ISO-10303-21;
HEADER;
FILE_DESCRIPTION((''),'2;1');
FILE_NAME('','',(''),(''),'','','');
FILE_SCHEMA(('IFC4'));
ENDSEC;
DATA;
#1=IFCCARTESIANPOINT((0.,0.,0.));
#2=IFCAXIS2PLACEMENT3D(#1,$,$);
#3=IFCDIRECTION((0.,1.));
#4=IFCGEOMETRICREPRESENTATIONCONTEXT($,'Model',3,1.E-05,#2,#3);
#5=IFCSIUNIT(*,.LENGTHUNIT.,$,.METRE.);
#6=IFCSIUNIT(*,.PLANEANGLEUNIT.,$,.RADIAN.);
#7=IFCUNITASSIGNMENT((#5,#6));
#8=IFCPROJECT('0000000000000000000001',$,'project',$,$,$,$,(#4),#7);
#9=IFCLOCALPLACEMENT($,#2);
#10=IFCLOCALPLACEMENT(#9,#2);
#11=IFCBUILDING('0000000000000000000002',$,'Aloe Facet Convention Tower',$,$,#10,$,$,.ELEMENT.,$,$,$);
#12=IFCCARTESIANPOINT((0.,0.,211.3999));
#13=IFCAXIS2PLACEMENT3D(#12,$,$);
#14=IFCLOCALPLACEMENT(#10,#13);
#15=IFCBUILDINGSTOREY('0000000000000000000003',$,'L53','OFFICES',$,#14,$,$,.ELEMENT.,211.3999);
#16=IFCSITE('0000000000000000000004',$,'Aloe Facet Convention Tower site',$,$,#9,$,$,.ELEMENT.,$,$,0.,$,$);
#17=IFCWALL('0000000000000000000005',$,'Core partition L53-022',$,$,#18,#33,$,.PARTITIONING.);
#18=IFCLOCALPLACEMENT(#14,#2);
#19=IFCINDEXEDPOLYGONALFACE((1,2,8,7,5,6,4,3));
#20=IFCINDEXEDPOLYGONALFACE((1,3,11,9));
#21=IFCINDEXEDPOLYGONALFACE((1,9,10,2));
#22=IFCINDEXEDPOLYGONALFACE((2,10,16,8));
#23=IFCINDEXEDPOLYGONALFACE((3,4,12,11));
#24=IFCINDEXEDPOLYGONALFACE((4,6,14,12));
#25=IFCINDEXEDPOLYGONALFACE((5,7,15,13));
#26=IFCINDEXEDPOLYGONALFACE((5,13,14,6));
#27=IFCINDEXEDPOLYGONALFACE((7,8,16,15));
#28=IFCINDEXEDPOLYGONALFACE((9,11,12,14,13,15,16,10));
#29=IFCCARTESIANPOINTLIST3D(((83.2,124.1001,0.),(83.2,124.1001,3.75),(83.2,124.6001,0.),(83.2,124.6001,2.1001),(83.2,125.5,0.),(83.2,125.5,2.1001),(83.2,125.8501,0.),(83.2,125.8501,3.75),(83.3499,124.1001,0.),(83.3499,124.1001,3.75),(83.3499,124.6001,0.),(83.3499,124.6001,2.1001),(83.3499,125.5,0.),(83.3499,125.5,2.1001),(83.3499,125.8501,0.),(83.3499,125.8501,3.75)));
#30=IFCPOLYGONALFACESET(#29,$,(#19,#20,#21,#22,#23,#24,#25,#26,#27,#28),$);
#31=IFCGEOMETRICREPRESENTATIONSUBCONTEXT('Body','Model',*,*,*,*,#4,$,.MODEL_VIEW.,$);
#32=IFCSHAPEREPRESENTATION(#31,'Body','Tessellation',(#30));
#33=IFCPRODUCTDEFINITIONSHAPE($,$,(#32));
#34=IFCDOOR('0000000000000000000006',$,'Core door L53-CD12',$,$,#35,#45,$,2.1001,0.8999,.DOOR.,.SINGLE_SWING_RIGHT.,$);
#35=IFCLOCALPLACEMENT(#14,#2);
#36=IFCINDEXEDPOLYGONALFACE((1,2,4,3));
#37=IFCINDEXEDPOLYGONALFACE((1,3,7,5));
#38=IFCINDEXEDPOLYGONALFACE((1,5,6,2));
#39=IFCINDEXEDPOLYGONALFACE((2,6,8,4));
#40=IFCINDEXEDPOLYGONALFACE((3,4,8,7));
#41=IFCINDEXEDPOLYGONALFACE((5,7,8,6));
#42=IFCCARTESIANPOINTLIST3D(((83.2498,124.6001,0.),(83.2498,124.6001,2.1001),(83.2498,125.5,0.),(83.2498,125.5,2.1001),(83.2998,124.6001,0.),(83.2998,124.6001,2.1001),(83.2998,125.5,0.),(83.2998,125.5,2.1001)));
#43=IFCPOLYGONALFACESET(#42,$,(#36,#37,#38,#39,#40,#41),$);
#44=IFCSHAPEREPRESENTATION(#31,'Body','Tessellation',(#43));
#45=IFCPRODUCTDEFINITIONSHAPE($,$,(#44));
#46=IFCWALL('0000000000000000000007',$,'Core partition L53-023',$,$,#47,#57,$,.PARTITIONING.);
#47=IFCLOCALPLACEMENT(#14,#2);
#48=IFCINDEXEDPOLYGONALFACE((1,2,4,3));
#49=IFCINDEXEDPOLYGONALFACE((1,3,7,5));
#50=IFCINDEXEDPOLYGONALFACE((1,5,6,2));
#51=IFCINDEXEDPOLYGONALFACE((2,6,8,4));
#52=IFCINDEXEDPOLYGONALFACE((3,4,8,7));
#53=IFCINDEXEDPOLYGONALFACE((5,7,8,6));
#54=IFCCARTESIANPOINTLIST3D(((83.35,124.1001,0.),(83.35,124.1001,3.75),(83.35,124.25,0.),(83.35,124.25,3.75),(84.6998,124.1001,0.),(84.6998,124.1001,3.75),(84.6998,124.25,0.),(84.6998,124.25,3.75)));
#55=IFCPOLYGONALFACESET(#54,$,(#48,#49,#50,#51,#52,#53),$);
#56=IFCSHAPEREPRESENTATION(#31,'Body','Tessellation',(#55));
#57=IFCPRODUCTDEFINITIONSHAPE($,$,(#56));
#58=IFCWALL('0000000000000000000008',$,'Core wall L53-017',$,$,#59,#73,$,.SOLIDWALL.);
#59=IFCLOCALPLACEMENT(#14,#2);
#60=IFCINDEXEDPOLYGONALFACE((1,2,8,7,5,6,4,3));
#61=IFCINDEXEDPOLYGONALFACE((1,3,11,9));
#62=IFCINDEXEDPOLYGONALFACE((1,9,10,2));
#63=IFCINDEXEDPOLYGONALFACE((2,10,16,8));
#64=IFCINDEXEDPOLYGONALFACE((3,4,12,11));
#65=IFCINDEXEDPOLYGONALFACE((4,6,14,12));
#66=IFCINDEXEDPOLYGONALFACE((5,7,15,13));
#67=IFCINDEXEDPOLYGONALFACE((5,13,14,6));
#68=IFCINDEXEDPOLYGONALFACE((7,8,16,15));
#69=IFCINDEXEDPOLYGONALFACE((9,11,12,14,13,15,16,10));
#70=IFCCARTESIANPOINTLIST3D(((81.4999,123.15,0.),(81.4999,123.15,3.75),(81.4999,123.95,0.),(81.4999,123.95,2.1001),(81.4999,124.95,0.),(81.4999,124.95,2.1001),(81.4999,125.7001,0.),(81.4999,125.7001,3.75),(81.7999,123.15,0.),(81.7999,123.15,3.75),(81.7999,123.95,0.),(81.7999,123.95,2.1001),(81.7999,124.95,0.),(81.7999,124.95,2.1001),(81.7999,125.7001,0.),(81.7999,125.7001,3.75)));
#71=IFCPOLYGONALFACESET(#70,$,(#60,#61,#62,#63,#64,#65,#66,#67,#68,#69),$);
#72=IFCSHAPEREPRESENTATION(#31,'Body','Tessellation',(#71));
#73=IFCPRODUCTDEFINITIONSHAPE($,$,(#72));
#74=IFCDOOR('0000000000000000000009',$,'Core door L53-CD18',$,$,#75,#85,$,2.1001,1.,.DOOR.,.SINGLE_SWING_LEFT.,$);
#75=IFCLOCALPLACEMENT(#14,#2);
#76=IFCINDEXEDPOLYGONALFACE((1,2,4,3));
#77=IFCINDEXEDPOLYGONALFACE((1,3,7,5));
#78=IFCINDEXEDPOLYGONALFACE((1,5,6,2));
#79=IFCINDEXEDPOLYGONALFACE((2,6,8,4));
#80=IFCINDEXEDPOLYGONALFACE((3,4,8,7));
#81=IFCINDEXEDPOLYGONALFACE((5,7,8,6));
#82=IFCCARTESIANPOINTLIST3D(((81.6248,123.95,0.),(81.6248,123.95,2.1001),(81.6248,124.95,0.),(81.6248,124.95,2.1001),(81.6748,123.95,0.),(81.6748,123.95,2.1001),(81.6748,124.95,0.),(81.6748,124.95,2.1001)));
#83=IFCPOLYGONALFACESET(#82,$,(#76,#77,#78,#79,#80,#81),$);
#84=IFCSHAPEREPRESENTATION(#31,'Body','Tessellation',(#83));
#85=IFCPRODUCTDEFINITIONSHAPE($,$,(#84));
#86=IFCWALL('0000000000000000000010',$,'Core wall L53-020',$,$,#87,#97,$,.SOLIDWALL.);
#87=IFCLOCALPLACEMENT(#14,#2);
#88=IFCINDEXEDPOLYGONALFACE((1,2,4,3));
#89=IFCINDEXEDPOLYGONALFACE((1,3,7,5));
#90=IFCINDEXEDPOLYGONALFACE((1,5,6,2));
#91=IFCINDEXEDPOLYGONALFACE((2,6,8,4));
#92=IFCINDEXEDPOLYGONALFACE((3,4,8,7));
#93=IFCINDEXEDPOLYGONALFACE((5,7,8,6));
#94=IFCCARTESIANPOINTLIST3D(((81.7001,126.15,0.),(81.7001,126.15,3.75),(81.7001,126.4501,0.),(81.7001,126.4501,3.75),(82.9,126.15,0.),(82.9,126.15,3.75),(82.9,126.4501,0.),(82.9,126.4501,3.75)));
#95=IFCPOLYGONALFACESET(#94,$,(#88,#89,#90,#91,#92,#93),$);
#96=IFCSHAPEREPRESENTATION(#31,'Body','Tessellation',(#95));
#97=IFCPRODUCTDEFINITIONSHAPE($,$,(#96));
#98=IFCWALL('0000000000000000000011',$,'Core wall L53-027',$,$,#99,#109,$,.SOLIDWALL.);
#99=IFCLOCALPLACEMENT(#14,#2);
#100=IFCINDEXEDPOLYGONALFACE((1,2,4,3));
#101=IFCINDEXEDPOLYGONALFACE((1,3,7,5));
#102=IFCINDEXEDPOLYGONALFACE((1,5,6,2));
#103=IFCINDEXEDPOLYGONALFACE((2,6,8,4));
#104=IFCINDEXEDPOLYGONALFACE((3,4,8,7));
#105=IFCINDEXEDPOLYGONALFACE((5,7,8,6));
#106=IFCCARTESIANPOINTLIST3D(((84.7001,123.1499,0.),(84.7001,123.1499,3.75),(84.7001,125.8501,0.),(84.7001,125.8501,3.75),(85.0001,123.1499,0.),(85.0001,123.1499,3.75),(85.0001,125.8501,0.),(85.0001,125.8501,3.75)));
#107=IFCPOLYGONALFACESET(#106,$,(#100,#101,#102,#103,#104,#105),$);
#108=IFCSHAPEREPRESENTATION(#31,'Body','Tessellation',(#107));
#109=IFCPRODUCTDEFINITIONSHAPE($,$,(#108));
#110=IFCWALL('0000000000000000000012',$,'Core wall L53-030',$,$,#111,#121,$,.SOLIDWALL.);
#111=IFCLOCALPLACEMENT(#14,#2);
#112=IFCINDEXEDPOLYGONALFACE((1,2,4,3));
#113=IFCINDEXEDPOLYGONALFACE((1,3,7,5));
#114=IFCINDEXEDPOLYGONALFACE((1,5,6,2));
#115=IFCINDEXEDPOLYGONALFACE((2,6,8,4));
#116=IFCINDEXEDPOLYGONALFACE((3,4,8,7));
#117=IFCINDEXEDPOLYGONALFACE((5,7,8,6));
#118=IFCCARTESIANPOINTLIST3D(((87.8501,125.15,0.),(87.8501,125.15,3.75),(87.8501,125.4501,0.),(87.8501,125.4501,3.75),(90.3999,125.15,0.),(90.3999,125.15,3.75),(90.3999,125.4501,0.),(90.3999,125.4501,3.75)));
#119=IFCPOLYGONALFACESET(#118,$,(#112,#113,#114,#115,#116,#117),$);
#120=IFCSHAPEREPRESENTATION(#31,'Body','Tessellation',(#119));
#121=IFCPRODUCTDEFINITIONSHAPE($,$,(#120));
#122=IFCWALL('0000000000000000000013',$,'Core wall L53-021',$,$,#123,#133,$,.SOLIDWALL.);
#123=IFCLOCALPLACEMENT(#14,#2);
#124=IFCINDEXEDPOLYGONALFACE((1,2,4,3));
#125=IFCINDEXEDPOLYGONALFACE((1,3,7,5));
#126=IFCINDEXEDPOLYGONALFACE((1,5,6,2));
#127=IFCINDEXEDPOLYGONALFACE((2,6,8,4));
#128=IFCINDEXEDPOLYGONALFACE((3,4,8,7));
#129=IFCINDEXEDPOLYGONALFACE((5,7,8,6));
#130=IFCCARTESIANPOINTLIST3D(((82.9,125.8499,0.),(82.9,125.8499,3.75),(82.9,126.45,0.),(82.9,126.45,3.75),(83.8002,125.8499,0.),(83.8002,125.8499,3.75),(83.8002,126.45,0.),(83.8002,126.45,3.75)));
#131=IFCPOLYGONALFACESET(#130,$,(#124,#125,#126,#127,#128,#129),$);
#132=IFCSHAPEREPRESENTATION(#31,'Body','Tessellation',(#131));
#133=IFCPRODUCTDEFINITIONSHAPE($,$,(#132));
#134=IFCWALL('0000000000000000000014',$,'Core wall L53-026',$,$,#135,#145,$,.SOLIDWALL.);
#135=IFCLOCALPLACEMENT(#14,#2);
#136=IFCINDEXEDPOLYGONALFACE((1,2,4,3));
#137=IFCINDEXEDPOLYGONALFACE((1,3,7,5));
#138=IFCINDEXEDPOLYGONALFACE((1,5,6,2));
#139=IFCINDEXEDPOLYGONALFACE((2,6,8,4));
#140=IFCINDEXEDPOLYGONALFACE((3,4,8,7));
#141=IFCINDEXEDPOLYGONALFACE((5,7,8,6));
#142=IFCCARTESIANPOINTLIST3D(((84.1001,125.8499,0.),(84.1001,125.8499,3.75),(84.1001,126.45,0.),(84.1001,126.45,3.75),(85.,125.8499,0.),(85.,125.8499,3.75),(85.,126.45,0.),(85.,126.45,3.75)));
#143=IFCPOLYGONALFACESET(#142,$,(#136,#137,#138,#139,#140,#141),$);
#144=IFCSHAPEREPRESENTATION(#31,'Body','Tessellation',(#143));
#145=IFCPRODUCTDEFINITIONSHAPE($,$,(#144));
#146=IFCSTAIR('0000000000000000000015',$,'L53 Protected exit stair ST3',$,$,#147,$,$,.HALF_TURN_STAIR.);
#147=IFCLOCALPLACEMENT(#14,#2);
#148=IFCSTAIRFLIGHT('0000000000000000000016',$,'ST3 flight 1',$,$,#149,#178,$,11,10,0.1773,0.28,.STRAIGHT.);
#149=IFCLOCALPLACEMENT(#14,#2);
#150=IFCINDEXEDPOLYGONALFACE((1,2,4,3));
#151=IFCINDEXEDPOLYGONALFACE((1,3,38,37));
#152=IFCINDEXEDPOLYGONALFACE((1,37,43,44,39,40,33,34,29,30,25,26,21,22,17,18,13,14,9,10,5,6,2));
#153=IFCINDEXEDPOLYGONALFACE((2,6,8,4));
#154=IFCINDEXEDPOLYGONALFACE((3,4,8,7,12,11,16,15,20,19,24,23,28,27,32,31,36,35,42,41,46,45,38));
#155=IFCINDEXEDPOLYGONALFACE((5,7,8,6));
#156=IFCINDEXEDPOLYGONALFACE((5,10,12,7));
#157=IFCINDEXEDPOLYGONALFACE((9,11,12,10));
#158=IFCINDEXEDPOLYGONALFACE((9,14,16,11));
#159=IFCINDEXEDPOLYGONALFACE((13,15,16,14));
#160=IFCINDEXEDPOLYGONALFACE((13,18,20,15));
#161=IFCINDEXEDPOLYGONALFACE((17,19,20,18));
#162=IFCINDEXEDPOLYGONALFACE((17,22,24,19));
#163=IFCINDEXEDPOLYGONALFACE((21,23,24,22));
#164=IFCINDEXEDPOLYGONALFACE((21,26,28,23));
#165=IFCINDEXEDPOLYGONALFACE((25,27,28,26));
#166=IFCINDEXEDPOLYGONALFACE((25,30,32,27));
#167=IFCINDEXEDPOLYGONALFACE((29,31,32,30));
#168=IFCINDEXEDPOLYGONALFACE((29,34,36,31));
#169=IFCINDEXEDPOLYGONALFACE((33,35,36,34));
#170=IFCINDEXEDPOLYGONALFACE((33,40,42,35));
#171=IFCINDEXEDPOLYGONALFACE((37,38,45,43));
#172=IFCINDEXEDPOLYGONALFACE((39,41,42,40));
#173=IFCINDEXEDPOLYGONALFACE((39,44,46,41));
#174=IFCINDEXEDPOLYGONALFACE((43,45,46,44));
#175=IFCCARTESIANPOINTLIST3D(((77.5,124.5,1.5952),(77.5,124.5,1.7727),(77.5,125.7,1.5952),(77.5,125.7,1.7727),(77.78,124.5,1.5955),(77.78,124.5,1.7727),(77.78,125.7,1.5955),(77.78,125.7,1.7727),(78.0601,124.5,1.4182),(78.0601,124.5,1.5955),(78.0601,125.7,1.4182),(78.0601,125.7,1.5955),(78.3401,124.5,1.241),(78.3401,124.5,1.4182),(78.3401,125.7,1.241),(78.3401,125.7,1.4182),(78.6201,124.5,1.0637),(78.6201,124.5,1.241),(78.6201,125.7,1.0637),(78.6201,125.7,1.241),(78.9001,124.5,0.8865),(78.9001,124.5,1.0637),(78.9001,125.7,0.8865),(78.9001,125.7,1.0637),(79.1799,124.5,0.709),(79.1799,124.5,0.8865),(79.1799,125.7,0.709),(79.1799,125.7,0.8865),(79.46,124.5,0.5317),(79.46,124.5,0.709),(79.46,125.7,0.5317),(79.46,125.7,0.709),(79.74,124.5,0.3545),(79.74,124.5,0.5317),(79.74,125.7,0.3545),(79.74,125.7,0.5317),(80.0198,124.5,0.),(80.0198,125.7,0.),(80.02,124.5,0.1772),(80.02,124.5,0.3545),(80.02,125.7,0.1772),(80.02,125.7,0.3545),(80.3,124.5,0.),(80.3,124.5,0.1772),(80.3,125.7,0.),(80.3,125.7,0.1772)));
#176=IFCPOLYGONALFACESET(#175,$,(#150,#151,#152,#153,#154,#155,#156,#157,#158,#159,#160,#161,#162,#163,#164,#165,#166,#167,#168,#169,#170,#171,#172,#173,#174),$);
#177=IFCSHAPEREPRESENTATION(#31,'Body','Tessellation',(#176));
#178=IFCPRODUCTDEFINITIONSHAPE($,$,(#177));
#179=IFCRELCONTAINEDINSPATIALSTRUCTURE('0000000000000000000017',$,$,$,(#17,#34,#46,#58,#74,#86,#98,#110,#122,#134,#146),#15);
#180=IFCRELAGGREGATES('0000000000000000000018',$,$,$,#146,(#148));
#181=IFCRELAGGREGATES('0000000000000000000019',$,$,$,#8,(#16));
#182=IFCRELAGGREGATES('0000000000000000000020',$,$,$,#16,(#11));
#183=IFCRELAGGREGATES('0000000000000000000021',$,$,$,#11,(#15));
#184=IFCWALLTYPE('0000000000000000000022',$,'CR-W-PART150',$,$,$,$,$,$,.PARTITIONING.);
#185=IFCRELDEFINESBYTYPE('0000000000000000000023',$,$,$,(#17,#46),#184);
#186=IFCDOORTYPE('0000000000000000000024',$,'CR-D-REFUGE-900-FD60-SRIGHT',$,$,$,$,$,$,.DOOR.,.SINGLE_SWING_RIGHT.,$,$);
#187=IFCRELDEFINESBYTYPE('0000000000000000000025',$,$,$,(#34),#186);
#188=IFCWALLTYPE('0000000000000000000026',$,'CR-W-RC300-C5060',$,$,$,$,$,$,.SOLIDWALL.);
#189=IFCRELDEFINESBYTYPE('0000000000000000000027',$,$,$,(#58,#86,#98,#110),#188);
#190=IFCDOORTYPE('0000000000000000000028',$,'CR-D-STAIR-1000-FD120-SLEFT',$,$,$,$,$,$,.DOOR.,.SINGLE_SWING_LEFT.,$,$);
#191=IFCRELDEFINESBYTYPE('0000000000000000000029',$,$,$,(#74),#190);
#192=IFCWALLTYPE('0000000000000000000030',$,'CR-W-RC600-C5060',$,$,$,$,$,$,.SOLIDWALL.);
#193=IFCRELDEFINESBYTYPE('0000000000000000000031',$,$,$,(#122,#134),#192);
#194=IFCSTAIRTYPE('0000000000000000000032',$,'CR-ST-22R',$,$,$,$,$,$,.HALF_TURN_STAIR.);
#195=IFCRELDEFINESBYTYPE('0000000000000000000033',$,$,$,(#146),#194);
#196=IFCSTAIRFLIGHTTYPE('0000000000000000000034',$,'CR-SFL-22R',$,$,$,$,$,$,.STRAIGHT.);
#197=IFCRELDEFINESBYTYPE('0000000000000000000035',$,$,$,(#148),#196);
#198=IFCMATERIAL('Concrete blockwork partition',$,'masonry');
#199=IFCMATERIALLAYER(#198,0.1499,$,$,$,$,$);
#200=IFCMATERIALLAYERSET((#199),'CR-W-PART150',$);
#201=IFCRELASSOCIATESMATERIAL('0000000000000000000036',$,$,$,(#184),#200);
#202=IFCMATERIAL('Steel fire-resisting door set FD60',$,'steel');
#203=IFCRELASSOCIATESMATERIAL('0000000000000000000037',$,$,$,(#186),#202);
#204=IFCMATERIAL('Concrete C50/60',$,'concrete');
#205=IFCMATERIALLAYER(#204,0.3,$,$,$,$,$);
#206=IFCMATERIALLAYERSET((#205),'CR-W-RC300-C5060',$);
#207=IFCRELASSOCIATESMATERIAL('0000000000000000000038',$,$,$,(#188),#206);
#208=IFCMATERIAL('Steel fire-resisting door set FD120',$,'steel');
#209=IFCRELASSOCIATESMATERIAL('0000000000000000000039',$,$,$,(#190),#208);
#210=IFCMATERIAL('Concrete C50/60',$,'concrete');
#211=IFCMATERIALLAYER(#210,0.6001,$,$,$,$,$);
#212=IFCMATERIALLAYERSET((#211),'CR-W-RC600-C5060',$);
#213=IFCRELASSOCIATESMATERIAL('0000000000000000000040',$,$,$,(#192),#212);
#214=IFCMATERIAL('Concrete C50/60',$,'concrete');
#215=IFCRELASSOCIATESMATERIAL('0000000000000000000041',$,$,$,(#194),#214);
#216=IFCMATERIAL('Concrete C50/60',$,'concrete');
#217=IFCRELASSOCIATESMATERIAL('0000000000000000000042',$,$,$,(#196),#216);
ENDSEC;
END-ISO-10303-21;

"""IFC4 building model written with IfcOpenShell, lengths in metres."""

from ifc_helpers import new_model, si_unit, direction, frame, frame_2d, origin, place, context, subcontext, project, spatial, polyline, rectangle, outline, extrude, material, layer, layer_set, type_object, element, fill, aggregate, save


model = new_model("IFC4")

# Units and contexts
model_context = context("Model", 3, precision=1e-05, world=origin(), true_north=direction((0.0, 1.0)))
body_context = subcontext(model_context, "Body", "Model", "MODEL_VIEW")
ifc_project = project(units=[si_unit("LENGTHUNIT", "METRE"), si_unit("PLANEANGLEUNIT", "RADIAN")], contexts=[model_context])

# Site, building, storey
site_placement = place(None, origin())
site = spatial("IfcSite", under=ifc_project, at=site_placement, Name="Aloe Facet Convention Tower site", CompositionType="ELEMENT", RefElevation=0.0)
building_placement = place(site_placement, origin())
building = spatial("IfcBuilding", under=site, at=building_placement, Name="Aloe Facet Convention Tower", CompositionType="ELEMENT")
storey_placement = place(building_placement, frame((0.0, 0.0, 211.3999)))
storey = spatial("IfcBuildingStorey", under=building, at=storey_placement, Name="L53", Description="OFFICES", CompositionType="ELEMENT", Elevation=211.3999)

# Wall, opening, door
ifc_material_1 = material(Name="Concrete blockwork partition", Category="masonry")
ifc_layer_1 = layer(ifc_material_1, 0.1499)
ifc_layer_set_1 = layer_set([ifc_layer_1], Name="CR-W-PART150")
wall_type_1 = type_object("IfcWallType", Name="CR-W-PART150", PredefinedType="PARTITIONING", material=ifc_layer_set_1)
wall_1_placement = place(storey_placement, frame((83.2749, 125.8501, 0.0), z_axis=(0.0, 0.0, 1.0), x_axis=(0.0, -1.0, 0.0)))
wall_1 = element("IfcWall", 1, at=wall_1_placement, inside=storey, type_object=wall_type_1, Name="Core partition L53-022", PredefinedType="PARTITIONING", context=body_context, shape_type="SweptSolid", body=[
    extrude(rectangle(XDim=1.75, YDim=0.1499, at=frame_2d((0.875, 0.0))), origin(), (0.0, 0.0, 1.0), 3.75),
])
opening_1_placement = place(wall_1_placement, frame((0.3501, 0.0, 0.0)))
opening_1 = element("IfcOpeningElement", 2, at=opening_1_placement, cuts=wall_1, PredefinedType="OPENING", context=body_context, shape_type="SweptSolid", body=[
    extrude(rectangle(XDim=0.8999, YDim=2.1001, at=frame_2d((0.45, 1.05))), frame((0.0, 0.085, 0.0), z_axis=(0.0, -1.0, 0.0), x_axis=(1.0, 0.0, 0.0)), (0.0, 0.0, 1.0), 0.1699),
])
ifc_material_2 = material(Name="Steel fire-resisting door set FD60", Category="steel")
door_type_1 = type_object("IfcDoorType", Name="CR-D-REFUGE-900-FD60-SRIGHT", OperationType="SINGLE_SWING_RIGHT", PredefinedType="DOOR", material=ifc_material_2)
door_1_placement = place(opening_1_placement, origin())
door_1 = element("IfcDoor", 3, at=door_1_placement, inside=storey, type_object=door_type_1, Name="Core door L53-CD12", OperationType="SINGLE_SWING_RIGHT", OverallHeight=2.1001, OverallWidth=0.8999, PredefinedType="DOOR", context=body_context, shape_type="SweptSolid", body=[
    extrude(rectangle(XDim=0.8999, YDim=2.1001, at=frame_2d((0.45, 1.05))), frame((0.0, 0.0249, 0.0), z_axis=(0.0, -1.0, 0.0), x_axis=(1.0, 0.0, 0.0)), (0.0, 0.0, 1.0), 0.05),
])
fill(opening_1, door_1)

# Wall
wall_2_placement = place(storey_placement, frame((83.3501, 124.175, 0.0), z_axis=(0.0, 0.0, 1.0), x_axis=(1.0, 0.0, 0.0)))
element("IfcWall", 4, at=wall_2_placement, inside=storey, type_object=wall_type_1, Name="Core partition L53-023", PredefinedType="PARTITIONING", context=body_context, shape_type="SweptSolid", body=[
    extrude(rectangle(XDim=1.3499, YDim=0.1499, at=frame_2d((0.6748, 0.0))), origin(), (0.0, 0.0, 1.0), 3.75),
])

# Wall, opening, door
ifc_material_3 = material(Name="Concrete C50/60", Category="concrete")
ifc_layer_2 = layer(ifc_material_3, 0.3)
ifc_layer_set_2 = layer_set([ifc_layer_2], Name="CR-W-RC300-C5060")
wall_type_2 = type_object("IfcWallType", Name="CR-W-RC300-C5060", PredefinedType="SOLIDWALL", material=ifc_layer_set_2)
wall_3_placement = place(storey_placement, frame((81.6499, 125.7, 0.0), z_axis=(0.0, 0.0, 1.0), x_axis=(0.0, -1.0, 0.0)))
wall_3 = element("IfcWall", 5, at=wall_3_placement, inside=storey, type_object=wall_type_2, Name="Core wall L53-017", PredefinedType="SOLIDWALL", context=body_context, shape_type="SweptSolid", body=[
    extrude(rectangle(XDim=2.55, YDim=0.3, at=frame_2d((1.2749, 0.0))), origin(), (0.0, 0.0, 1.0), 3.75),
])
opening_2_placement = place(wall_3_placement, frame((0.75, 0.0, 0.0)))
opening_2 = element("IfcOpeningElement", 6, at=opening_2_placement, cuts=wall_3, PredefinedType="OPENING", context=body_context, shape_type="SweptSolid", body=[
    extrude(rectangle(XDim=1.0, YDim=2.1001, at=frame_2d((0.5, 1.05))), frame((0.0, 0.1602, 0.0), z_axis=(0.0, -1.0, 0.0), x_axis=(1.0, 0.0, 0.0)), (0.0, 0.0, 1.0), 0.3201),
])
ifc_material_4 = material(Name="Steel fire-resisting door set FD120", Category="steel")
door_type_2 = type_object("IfcDoorType", Name="CR-D-STAIR-1000-FD120-SLEFT", OperationType="SINGLE_SWING_LEFT", PredefinedType="DOOR", material=ifc_material_4)
door_2_placement = place(opening_2_placement, origin())
door_2 = element("IfcDoor", 7, at=door_2_placement, inside=storey, type_object=door_type_2, Name="Core door L53-CD18", OperationType="SINGLE_SWING_LEFT", OverallHeight=2.1001, OverallWidth=1.0, PredefinedType="DOOR", context=body_context, shape_type="SweptSolid", body=[
    extrude(rectangle(XDim=1.0, YDim=2.1001, at=frame_2d((0.5, 1.05))), frame((0.0, 0.0249, 0.0), z_axis=(0.0, -1.0, 0.0), x_axis=(1.0, 0.0, 0.0)), (0.0, 0.0, 1.0), 0.05),
])
fill(opening_2, door_2)

# Walls
wall_4_placement = place(storey_placement, frame((81.7, 126.3, 0.0), z_axis=(0.0, 0.0, 1.0), x_axis=(1.0, 0.0, 0.0)))
element("IfcWall", 8, at=wall_4_placement, inside=storey, type_object=wall_type_2, Name="Core wall L53-020", PredefinedType="SOLIDWALL", context=body_context, shape_type="SweptSolid", body=[
    extrude(rectangle(XDim=1.2, YDim=0.3, at=frame_2d((0.6001, 0.0))), origin(), (0.0, 0.0, 1.0), 3.75),
])
wall_5_placement = place(storey_placement, frame((84.8501, 125.8501, 0.0), z_axis=(0.0, 0.0, 1.0), x_axis=(0.0, -1.0, 0.0)))
element("IfcWall", 9, at=wall_5_placement, inside=storey, type_object=wall_type_2, Name="Core wall L53-027", PredefinedType="SOLIDWALL", context=body_context, shape_type="SweptSolid", body=[
    extrude(rectangle(XDim=2.7002, YDim=0.3, at=frame_2d((1.3501, 0.0))), origin(), (0.0, 0.0, 1.0), 3.75),
])
wall_6_placement = place(storey_placement, frame((87.8501, 125.3, 0.0), z_axis=(0.0, 0.0, 1.0), x_axis=(1.0, 0.0, 0.0)))
element("IfcWall", 10, at=wall_6_placement, inside=storey, type_object=wall_type_2, Name="Core wall L53-030", PredefinedType="SOLIDWALL", context=body_context, shape_type="SweptSolid", body=[
    extrude(rectangle(XDim=2.5498, YDim=0.3, at=frame_2d((1.2749, 0.0))), origin(), (0.0, 0.0, 1.0), 3.75),
])
ifc_material_5 = material(Name="Concrete C50/60", Category="concrete")
ifc_layer_3 = layer(ifc_material_5, 0.6001)
ifc_layer_set_3 = layer_set([ifc_layer_3], Name="CR-W-RC600-C5060")
wall_type_3 = type_object("IfcWallType", Name="CR-W-RC600-C5060", PredefinedType="SOLIDWALL", material=ifc_layer_set_3)
wall_7_placement = place(storey_placement, frame((82.8999, 126.1499, 0.0), z_axis=(0.0, 0.0, 1.0), x_axis=(1.0, 0.0, 0.0)))
element("IfcWall", 11, at=wall_7_placement, inside=storey, type_object=wall_type_3, Name="Core wall L53-021", PredefinedType="SOLIDWALL", context=body_context, shape_type="SweptSolid", body=[
    extrude(rectangle(XDim=0.9001, YDim=0.6001, at=frame_2d((0.4502, 0.0))), origin(), (0.0, 0.0, 1.0), 3.75),
])
wall_8_placement = place(storey_placement, frame((84.1001, 126.1499, 0.0), z_axis=(0.0, 0.0, 1.0), x_axis=(1.0, 0.0, 0.0)))
element("IfcWall", 12, at=wall_8_placement, inside=storey, type_object=wall_type_3, Name="Core wall L53-026", PredefinedType="SOLIDWALL", context=body_context, shape_type="SweptSolid", body=[
    extrude(rectangle(XDim=0.8999, YDim=0.6001, at=frame_2d((0.45, 0.0))), origin(), (0.0, 0.0, 1.0), 3.75),
])

# Stair, stair flight
ifc_material_6 = material(Name="Concrete C50/60", Category="concrete")
stair_type = type_object("IfcStairType", Name="CR-ST-22R", PredefinedType="HALF_TURN_STAIR", material=ifc_material_6)
stair_placement = place(storey_placement, origin())
stair = element("IfcStair", 13, at=stair_placement, inside=storey, type_object=stair_type, Name="L53 Protected exit stair ST3", PredefinedType="HALF_TURN_STAIR")
ifc_material_7 = material(Name="Concrete C50/60", Category="concrete")
stair_flight_type = type_object("IfcStairFlightType", Name="CR-SFL-22R", PredefinedType="STRAIGHT", material=ifc_material_7)
stair_flight_placement = place(storey_placement, frame((80.3, 125.1001, 0.0), z_axis=(0.0, 0.0, 1.0), x_axis=(-1.0, 0.0, 0.0)))
stair_flight = element("IfcStairFlight", 14, at=stair_flight_placement, type_object=stair_flight_type, Name="ST3 flight 1", NumberOfRisers=11, NumberOfTreads=10, PredefinedType="STRAIGHT", RiserHeight=0.1773, TreadLength=0.28, context=body_context, shape_type="SweptSolid", body=[
    extrude(outline(polyline([(0.0, 0.0), (0.0, 0.1772), (0.28, 0.1772), (0.28, 0.3545), (0.5601, 0.3545), (0.5601, 0.5317), (0.8401, 0.5317), (0.8401, 0.709), (1.1201, 0.709), (1.1201, 0.8865), (1.3999, 0.8865), (1.3999, 1.0637), (1.6799, 1.0637), (1.6799, 1.241), (1.96, 1.241), (1.96, 1.4182), (2.24, 1.4182), (2.24, 1.5955), (2.52, 1.5955), (2.52, 1.7727), (2.8, 1.7727), (2.8, 1.95), (2.8, 1.5952), (0.2803, 0.0), (0.0, 0.0)])), frame((0.0, 0.6001, 0.0), z_axis=(0.0, -1.0, 0.0), x_axis=(1.0, 0.0, 0.0)), (0.0, 0.0, 1.0), 1.2),
])
aggregate(stair, [stair_flight])

save(model, "model.ifc")
